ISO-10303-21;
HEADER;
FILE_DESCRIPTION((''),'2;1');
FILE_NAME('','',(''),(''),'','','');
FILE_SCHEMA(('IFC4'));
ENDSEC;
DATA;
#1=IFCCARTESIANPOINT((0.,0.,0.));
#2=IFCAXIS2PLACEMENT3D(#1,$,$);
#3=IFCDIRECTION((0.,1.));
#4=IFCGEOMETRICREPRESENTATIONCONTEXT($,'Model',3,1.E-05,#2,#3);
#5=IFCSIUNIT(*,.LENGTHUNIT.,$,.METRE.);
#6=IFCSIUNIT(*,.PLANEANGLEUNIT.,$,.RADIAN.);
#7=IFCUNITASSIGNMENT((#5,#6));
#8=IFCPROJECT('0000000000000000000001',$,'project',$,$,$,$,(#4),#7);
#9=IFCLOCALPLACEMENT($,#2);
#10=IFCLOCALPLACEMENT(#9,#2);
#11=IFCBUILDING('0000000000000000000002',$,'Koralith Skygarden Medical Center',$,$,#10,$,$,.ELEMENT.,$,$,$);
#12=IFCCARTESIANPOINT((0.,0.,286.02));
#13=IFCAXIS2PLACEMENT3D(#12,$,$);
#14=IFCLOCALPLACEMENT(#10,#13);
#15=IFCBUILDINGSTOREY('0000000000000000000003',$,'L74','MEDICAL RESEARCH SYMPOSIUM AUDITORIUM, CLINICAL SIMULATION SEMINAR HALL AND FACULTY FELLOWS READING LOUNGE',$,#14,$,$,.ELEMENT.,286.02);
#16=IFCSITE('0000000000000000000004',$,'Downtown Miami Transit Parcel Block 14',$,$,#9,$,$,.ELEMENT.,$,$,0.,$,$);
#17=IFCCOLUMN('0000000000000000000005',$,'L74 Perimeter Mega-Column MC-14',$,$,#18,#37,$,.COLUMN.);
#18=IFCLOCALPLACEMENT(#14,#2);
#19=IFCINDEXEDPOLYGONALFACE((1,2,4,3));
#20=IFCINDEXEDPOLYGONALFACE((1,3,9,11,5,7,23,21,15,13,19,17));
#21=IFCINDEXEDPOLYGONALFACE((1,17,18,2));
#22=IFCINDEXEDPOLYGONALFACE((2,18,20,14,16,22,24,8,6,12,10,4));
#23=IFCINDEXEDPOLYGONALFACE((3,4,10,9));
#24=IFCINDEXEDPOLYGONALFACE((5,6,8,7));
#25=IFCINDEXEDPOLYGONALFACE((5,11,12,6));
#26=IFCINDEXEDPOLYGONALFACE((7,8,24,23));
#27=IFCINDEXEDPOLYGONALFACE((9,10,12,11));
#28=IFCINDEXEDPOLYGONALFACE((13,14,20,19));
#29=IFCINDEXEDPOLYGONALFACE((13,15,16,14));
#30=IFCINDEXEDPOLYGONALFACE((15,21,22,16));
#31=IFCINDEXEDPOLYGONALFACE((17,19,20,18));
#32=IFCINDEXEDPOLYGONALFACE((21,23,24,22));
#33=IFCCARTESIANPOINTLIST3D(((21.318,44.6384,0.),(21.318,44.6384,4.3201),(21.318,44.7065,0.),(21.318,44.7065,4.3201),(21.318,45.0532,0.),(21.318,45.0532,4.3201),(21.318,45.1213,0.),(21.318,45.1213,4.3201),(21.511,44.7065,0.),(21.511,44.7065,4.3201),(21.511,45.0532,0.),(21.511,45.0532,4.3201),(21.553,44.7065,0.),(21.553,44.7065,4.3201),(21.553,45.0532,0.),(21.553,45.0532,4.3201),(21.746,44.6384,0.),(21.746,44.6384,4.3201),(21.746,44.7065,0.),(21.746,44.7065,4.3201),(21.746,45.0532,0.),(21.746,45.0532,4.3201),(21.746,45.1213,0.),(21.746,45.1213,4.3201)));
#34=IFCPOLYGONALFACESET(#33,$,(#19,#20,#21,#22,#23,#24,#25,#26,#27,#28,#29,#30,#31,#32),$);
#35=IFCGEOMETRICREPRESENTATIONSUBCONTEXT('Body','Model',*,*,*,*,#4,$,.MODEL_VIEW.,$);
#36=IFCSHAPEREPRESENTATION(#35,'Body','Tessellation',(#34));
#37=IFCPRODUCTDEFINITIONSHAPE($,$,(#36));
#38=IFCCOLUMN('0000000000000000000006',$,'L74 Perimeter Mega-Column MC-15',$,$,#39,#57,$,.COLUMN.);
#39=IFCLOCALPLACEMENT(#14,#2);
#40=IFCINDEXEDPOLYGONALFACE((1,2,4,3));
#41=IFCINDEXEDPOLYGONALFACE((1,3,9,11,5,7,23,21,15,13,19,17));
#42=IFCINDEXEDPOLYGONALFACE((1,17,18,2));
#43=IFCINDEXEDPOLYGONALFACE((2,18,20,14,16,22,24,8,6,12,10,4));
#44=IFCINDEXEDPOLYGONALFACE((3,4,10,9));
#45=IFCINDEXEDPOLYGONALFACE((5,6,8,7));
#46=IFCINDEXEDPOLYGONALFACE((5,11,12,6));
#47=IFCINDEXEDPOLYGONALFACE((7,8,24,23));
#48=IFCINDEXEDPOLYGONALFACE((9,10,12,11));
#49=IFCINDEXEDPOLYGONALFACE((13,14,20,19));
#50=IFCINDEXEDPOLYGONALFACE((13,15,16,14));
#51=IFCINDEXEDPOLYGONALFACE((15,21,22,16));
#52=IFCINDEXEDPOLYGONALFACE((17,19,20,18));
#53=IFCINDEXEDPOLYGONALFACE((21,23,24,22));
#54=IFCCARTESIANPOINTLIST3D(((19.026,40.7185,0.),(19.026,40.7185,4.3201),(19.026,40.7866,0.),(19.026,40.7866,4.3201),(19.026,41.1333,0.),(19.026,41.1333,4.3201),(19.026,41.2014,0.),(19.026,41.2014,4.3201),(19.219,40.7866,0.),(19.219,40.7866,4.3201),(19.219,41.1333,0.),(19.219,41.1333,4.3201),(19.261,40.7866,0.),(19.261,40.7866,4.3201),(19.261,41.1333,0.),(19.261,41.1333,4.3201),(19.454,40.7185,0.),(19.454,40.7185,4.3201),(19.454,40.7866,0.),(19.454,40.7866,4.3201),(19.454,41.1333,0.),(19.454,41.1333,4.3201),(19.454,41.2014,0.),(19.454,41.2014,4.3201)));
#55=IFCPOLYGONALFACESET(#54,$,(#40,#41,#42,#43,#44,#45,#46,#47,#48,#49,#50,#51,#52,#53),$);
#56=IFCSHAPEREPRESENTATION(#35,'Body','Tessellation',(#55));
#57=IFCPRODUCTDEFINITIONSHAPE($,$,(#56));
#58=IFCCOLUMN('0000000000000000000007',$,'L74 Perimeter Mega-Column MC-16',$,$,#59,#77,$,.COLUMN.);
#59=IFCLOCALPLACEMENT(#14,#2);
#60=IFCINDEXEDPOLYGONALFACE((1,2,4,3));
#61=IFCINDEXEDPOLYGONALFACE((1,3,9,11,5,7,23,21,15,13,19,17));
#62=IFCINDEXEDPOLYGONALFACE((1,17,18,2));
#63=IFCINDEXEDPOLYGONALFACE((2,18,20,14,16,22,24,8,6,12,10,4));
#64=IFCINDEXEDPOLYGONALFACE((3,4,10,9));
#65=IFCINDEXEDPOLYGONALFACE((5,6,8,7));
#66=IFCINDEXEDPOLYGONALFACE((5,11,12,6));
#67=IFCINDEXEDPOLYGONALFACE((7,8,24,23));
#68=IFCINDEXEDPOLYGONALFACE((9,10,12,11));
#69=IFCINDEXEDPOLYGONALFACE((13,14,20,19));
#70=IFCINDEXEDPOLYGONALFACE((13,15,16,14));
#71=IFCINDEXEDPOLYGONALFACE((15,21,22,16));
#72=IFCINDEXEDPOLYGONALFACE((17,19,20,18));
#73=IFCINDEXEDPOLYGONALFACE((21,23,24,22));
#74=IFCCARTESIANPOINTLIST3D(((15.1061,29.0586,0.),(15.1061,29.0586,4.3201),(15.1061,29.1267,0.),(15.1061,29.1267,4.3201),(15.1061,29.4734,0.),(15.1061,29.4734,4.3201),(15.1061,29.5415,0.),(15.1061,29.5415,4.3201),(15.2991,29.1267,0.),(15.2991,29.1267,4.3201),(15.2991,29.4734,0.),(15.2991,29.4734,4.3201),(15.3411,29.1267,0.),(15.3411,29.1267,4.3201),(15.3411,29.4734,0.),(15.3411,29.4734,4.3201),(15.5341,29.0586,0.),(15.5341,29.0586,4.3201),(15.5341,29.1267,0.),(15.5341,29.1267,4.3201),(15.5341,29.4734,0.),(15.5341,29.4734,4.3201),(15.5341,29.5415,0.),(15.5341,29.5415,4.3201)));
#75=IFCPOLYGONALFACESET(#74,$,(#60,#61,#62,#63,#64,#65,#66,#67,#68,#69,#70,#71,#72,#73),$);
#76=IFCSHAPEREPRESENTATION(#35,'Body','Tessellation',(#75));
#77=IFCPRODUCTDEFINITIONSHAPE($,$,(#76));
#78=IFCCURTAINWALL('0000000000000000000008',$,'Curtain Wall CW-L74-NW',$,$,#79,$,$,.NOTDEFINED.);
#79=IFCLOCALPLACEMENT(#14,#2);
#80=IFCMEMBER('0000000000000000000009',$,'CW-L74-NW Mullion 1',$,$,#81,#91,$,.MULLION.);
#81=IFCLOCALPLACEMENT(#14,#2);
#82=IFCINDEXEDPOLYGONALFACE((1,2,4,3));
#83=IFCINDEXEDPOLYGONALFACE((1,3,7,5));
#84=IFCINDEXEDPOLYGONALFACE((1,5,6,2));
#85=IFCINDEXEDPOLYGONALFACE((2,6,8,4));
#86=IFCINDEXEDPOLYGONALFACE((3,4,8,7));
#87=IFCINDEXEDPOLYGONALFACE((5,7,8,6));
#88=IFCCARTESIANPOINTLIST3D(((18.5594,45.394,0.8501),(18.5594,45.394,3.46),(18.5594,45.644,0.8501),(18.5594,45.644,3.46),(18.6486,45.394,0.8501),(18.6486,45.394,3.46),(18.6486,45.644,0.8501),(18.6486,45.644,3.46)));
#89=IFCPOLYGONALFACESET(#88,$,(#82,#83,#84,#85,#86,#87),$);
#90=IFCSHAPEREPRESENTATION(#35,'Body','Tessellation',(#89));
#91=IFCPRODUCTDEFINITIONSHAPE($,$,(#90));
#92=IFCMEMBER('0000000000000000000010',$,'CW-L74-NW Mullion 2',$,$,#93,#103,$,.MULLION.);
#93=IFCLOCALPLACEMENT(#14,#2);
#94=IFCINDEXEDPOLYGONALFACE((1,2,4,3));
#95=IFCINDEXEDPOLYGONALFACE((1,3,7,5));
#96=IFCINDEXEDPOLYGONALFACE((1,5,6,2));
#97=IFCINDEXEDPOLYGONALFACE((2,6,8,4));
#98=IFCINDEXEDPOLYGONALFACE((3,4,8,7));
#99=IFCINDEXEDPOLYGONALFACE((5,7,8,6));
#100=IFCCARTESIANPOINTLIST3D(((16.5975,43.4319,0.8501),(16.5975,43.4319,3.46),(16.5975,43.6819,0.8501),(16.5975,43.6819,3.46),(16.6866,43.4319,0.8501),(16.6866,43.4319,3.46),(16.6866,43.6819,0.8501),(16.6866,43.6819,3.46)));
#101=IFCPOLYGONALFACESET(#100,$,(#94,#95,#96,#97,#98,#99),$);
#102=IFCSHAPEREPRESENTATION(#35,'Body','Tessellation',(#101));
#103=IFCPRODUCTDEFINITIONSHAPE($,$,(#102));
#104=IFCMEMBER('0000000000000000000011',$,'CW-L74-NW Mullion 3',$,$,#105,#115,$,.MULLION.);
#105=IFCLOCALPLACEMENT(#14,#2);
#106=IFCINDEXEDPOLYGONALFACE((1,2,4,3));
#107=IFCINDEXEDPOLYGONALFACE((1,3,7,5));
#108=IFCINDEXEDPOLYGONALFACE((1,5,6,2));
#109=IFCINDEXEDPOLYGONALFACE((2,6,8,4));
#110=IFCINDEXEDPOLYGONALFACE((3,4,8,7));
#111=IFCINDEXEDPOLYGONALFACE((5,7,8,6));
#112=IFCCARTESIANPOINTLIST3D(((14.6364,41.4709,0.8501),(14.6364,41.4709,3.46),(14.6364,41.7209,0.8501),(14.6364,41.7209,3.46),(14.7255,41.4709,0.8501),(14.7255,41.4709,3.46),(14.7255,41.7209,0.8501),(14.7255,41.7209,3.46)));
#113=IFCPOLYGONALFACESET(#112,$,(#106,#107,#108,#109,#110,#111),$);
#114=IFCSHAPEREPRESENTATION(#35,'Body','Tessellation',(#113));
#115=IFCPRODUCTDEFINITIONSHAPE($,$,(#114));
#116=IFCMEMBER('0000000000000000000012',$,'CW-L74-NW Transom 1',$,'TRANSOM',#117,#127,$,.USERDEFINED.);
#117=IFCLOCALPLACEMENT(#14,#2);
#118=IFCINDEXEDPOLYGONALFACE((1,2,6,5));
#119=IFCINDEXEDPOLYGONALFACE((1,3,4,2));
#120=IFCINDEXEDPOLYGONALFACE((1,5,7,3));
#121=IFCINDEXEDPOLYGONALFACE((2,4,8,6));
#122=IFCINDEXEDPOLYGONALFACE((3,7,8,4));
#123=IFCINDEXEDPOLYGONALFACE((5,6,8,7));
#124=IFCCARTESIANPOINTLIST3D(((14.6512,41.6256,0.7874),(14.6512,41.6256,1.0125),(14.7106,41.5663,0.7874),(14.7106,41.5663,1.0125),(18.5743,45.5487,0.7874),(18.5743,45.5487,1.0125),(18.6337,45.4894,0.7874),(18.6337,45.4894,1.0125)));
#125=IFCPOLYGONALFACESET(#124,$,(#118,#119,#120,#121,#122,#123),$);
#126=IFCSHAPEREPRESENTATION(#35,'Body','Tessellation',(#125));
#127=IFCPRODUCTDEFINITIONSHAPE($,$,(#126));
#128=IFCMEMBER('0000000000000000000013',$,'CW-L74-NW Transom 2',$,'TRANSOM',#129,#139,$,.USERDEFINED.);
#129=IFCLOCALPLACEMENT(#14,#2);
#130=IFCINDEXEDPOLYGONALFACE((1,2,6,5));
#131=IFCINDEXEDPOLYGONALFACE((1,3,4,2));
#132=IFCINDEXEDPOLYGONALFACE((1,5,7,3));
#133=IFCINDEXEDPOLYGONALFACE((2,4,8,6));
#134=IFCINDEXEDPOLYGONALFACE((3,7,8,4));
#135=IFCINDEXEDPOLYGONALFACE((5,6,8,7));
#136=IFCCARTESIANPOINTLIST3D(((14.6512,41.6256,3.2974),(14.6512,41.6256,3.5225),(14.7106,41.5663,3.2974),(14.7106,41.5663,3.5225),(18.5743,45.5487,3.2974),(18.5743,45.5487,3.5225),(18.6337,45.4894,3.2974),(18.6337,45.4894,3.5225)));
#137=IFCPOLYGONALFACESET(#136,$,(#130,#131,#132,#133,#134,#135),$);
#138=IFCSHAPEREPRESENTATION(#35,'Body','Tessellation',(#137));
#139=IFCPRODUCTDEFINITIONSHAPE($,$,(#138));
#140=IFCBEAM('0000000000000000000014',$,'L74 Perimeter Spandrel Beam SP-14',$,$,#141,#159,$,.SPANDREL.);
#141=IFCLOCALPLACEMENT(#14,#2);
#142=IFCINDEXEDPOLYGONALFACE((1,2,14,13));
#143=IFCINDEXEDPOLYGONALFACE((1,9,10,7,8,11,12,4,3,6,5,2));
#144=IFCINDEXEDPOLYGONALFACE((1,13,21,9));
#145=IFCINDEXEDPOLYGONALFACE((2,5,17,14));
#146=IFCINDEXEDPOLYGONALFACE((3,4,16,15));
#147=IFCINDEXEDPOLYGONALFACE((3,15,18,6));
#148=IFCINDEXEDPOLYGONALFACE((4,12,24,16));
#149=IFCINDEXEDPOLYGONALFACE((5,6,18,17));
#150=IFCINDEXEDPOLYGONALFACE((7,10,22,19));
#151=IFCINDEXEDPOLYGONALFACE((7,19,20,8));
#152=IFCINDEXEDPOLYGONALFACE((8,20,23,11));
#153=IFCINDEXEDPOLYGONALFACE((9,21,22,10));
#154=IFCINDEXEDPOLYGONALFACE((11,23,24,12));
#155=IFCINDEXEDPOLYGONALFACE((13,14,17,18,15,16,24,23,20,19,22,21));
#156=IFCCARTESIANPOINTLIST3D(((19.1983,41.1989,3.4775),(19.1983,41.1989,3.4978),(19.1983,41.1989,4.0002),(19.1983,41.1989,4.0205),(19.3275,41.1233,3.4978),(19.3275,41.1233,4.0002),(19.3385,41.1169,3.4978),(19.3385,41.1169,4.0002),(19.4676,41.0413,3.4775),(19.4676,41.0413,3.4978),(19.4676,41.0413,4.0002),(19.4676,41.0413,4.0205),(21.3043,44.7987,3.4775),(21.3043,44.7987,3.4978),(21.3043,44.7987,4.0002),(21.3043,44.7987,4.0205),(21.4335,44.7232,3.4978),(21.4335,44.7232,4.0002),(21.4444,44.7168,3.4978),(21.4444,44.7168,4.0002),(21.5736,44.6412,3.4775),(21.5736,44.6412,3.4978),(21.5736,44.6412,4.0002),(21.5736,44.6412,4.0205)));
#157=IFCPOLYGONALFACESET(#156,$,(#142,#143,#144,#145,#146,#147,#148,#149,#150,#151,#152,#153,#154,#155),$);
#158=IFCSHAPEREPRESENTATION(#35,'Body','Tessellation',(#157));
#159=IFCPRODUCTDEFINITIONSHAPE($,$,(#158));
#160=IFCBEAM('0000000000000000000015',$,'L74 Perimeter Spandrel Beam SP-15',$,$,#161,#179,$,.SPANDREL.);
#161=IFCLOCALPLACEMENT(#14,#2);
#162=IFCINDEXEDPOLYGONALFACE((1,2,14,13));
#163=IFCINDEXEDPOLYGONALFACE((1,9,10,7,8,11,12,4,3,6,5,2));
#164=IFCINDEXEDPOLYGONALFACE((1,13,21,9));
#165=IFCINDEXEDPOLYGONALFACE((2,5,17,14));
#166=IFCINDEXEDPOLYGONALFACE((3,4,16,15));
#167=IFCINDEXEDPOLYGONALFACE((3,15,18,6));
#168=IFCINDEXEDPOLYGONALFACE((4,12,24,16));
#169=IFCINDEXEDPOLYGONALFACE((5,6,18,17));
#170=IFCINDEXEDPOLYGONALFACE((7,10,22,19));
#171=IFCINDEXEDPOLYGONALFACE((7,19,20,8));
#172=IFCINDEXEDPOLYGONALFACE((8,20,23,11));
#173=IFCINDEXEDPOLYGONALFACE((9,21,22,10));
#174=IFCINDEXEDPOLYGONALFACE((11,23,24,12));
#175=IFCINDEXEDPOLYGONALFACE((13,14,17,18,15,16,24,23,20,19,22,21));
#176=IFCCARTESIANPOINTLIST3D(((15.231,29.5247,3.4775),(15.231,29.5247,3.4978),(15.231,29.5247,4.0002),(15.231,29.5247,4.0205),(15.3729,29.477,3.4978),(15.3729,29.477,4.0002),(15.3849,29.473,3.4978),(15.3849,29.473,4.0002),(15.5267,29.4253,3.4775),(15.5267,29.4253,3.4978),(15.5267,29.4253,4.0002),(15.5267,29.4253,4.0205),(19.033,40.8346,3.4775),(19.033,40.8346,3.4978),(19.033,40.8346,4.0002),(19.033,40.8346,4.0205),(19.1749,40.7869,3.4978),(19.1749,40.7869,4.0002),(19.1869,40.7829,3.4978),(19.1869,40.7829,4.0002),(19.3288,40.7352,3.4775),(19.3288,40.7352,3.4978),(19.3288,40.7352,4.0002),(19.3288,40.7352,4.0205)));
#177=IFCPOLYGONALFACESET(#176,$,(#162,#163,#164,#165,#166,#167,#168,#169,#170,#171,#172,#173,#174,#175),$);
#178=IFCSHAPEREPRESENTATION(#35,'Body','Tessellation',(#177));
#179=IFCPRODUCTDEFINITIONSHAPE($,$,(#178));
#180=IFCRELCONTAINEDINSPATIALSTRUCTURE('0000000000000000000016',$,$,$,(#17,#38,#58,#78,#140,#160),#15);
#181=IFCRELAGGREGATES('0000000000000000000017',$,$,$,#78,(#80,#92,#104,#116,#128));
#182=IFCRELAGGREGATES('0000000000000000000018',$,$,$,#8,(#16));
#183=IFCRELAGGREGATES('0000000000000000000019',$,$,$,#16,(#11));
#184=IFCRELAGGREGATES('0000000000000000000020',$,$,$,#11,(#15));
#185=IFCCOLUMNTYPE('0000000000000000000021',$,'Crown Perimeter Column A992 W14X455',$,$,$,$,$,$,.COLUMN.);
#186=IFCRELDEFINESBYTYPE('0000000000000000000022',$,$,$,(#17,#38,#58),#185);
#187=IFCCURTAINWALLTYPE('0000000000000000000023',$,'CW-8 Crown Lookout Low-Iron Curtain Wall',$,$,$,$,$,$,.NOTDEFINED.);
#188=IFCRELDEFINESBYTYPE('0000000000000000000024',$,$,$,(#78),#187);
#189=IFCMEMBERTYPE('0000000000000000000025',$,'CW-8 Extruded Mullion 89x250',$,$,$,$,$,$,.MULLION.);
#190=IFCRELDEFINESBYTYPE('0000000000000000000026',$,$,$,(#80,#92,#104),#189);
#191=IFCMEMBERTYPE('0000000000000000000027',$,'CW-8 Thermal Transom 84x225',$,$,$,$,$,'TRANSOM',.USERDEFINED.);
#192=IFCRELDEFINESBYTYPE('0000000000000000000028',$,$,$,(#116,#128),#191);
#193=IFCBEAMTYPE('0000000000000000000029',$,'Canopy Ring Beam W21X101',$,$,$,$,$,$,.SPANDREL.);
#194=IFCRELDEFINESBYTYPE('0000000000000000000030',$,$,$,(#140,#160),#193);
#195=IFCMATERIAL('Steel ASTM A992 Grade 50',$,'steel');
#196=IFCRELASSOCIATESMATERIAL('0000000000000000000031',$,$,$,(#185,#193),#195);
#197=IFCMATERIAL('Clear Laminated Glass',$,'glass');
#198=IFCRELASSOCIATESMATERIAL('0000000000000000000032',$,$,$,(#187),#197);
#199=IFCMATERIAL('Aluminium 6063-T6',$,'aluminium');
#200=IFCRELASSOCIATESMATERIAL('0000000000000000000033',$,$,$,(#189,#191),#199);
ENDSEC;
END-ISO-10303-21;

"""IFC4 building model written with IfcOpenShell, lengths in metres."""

from ifc_helpers import new_model, si_unit, direction, frame, origin, origin_2d, place, context, subcontext, project, spatial, rectangle, i_section, extrude, material, material_profile, profile_set, type_object, element, aggregate, save


model = new_model("IFC4")

# Units and contexts
model_context = context("Model", 3, precision=1e-05, world=origin(), true_north=direction((0.0, 1.0)))
body_context = subcontext(model_context, "Body", "Model", "MODEL_VIEW")
ifc_project = project(units=[si_unit("LENGTHUNIT", "METRE"), si_unit("PLANEANGLEUNIT", "RADIAN")], contexts=[model_context])

# Site, building, storey
site_placement = place(None, origin())
site = spatial("IfcSite", under=ifc_project, at=site_placement, Name="Downtown Miami Transit Parcel Block 14", CompositionType="ELEMENT", RefElevation=0.0)
building_placement = place(site_placement, origin())
building = spatial("IfcBuilding", under=site, at=building_placement, Name="Koralith Skygarden Medical Center", CompositionType="ELEMENT")
storey_placement = place(building_placement, frame((0.0, 0.0, 286.02)))
storey = spatial("IfcBuildingStorey", under=building, at=storey_placement, Name="L74", Description="MEDICAL RESEARCH SYMPOSIUM AUDITORIUM, CLINICAL SIMULATION SEMINAR HALL AND FACULTY FELLOWS READING LOUNGE", CompositionType="ELEMENT", Elevation=286.02)

# Columns
ifc_material_1 = material(Name="Steel ASTM A992 Grade 50", Category="steel")
ifc_material_profile_1 = material_profile(ifc_material_1, i_section(OverallWidth=0.428, OverallDepth=0.4829, WebThickness=0.042, FlangeThickness=0.0681, at=origin_2d()), Name="W14X455")
ifc_profile_set_1 = profile_set([ifc_material_profile_1], Name="Steel ASTM A992 Grade 50")
column_type = type_object("IfcColumnType", Name="Crown Perimeter Column A992 W14X455", PredefinedType="COLUMN", material=ifc_profile_set_1)
for number, where, z_axis, x_axis, name in (
    (1, (21.532, 44.8799, 0.0), (0.0, 0.0, 1.0), (1.0, 0.0, 0.0), "L74 Perimeter Mega-Column MC-14"),
    (2, (19.24, 40.96, 0.0), (0.0, 0.0, 1.0), (1.0, 0.0, 0.0), "L74 Perimeter Mega-Column MC-15"),
    (3, (15.3201, 29.3, 0.0), (0.0, 0.0, 1.0), (1.0, 0.0, 0.0), "L74 Perimeter Mega-Column MC-16"),
):
    element("IfcColumn", number, at=place(storey_placement, frame(where, z_axis=z_axis, x_axis=x_axis)), inside=storey, type_object=column_type, Name=name, PredefinedType="COLUMN", context=body_context, shape_type="SweptSolid", body=[
        extrude(i_section(OverallWidth=0.428, OverallDepth=0.4829, WebThickness=0.042, FlangeThickness=0.0681, at=origin_2d()), origin(), (0.0, 0.0, 1.0), 4.3201),
    ])

# Curtain wall, members
ifc_material_2 = material(Name="Clear Laminated Glass", Category="glass")
curtain_wall_type = type_object("IfcCurtainWallType", Name="CW-8 Crown Lookout Low-Iron Curtain Wall", PredefinedType="NOTDEFINED", material=ifc_material_2)
curtain_wall_placement = place(storey_placement, origin())
curtain_wall = element("IfcCurtainWall", 4, at=curtain_wall_placement, inside=storey, type_object=curtain_wall_type, Name="Curtain Wall CW-L74-NW", PredefinedType="NOTDEFINED")
ifc_material_3 = material(Name="Aluminium 6063-T6", Category="aluminium")
ifc_material_profile_2 = material_profile(ifc_material_3, rectangle(XDim=0.0891, YDim=0.25, at=origin_2d()), Name="MUL89X250")
ifc_profile_set_2 = profile_set([ifc_material_profile_2], Name="Aluminium 6063-T6")
member_type_1 = type_object("IfcMemberType", Name="CW-8 Extruded Mullion 89x250", PredefinedType="MULLION", material=ifc_profile_set_2)
member_1_placement = place(storey_placement, frame((18.604, 45.519, 0.8501), z_axis=(0.0, 0.0, 1.0), x_axis=(1.0, 0.0, 0.0)))
member_1 = element("IfcMember", 5, at=member_1_placement, type_object=member_type_1, Name="CW-L74-NW Mullion 1", PredefinedType="MULLION", context=body_context, shape_type="SweptSolid", body=[
    extrude(rectangle(XDim=0.0891, YDim=0.25, at=origin_2d()), origin(), (0.0, 0.0, 1.0), 2.6099),
])
member_2_placement = place(storey_placement, frame((16.6421, 43.5569, 0.8501), z_axis=(0.0, 0.0, 1.0), x_axis=(1.0, 0.0, 0.0)))
member_2 = element("IfcMember", 6, at=member_2_placement, type_object=member_type_1, Name="CW-L74-NW Mullion 2", PredefinedType="MULLION", context=body_context, shape_type="SweptSolid", body=[
    extrude(rectangle(XDim=0.0891, YDim=0.25, at=origin_2d()), origin(), (0.0, 0.0, 1.0), 2.6099),
])
member_3_placement = place(storey_placement, frame((14.6809, 41.5959, 0.8501), z_axis=(0.0, 0.0, 1.0), x_axis=(1.0, 0.0, 0.0)))
member_3 = element("IfcMember", 7, at=member_3_placement, type_object=member_type_1, Name="CW-L74-NW Mullion 3", PredefinedType="MULLION", context=body_context, shape_type="SweptSolid", body=[
    extrude(rectangle(XDim=0.0891, YDim=0.25, at=origin_2d()), origin(), (0.0, 0.0, 1.0), 2.6099),
])
ifc_material_profile_3 = material_profile(ifc_material_3, rectangle(XDim=0.084, YDim=0.2251, at=origin_2d()), Name="TRN84X225")
ifc_profile_set_3 = profile_set([ifc_material_profile_3], Name="Aluminium 6063-T6")
member_type_2 = type_object("IfcMemberType", Name="CW-8 Thermal Transom 84x225", ElementType="TRANSOM", PredefinedType="USERDEFINED", material=ifc_profile_set_3)
member_4_placement = place(storey_placement, frame((18.604, 45.519, 0.8999), z_axis=(-0.707107, -0.707107, 0.0), x_axis=(0.707107, -0.707107, 0.0)))
member_4 = element("IfcMember", 8, at=member_4_placement, type_object=member_type_2, Name="CW-L74-NW Transom 1", ObjectType="TRANSOM", PredefinedType="USERDEFINED", context=body_context, shape_type="SweptSolid", body=[
    extrude(rectangle(XDim=0.084, YDim=0.2251, at=origin_2d()), origin(), (0.0, 0.0, 1.0), 5.5481),
])
member_5_placement = place(storey_placement, frame((18.604, 45.519, 3.4099), z_axis=(-0.707107, -0.707107, 0.0), x_axis=(0.707107, -0.707107, 0.0)))
member_5 = element("IfcMember", 9, at=member_5_placement, type_object=member_type_2, Name="CW-L74-NW Transom 2", ObjectType="TRANSOM", PredefinedType="USERDEFINED", context=body_context, shape_type="SweptSolid", body=[
    extrude(rectangle(XDim=0.084, YDim=0.2251, at=origin_2d()), origin(), (0.0, 0.0, 1.0), 5.5481),
])

# Beams
ifc_material_profile_4 = material_profile(ifc_material_1, i_section(OverallWidth=0.312, OverallDepth=0.543, WebThickness=0.0127, FlangeThickness=0.0203, at=origin_2d()), Name="W21X101")
ifc_profile_set_4 = profile_set([ifc_material_profile_4], Name="Steel ASTM A992 Grade 50")
beam_type_1 = type_object("IfcBeamType", Name="Canopy Ring Beam W21X101", PredefinedType="SPANDREL", material=ifc_profile_set_4)
beam_1_placement = place(storey_placement, frame((21.439, 44.72, 3.749), z_axis=(-0.504952, -0.863148, 0.0), x_axis=(0.863148, -0.504952, 0.0)))
element("IfcBeam", 10, at=beam_1_placement, inside=storey, type_object=beam_type_1, Name="L74 Perimeter Spandrel Beam SP-14", PredefinedType="SPANDREL", context=body_context, shape_type="SweptSolid", body=[
    extrude(i_section(OverallWidth=0.312, OverallDepth=0.543, WebThickness=0.0127, FlangeThickness=0.0203, at=origin_2d()), origin(), (0.0, 0.0, 1.0), 4.1707),
])
beam_2_placement = place(storey_placement, frame((19.1809, 40.7849, 3.749), z_axis=(-0.318645, -0.947874, 0.0), x_axis=(0.947874, -0.318645, 0.0)))
element("IfcBeam", 11, at=beam_2_placement, inside=storey, type_object=beam_type_1, Name="L74 Perimeter Spandrel Beam SP-15", PredefinedType="SPANDREL", context=body_context, shape_type="SweptSolid", body=[
    extrude(i_section(OverallWidth=0.312, OverallDepth=0.543, WebThickness=0.0127, FlangeThickness=0.0203, at=origin_2d()), origin(), (0.0, 0.0, 1.0), 11.9319),
])

aggregate(curtain_wall, [member_1, member_2, member_3, member_4, member_5])

save(model, "model.ifc")
